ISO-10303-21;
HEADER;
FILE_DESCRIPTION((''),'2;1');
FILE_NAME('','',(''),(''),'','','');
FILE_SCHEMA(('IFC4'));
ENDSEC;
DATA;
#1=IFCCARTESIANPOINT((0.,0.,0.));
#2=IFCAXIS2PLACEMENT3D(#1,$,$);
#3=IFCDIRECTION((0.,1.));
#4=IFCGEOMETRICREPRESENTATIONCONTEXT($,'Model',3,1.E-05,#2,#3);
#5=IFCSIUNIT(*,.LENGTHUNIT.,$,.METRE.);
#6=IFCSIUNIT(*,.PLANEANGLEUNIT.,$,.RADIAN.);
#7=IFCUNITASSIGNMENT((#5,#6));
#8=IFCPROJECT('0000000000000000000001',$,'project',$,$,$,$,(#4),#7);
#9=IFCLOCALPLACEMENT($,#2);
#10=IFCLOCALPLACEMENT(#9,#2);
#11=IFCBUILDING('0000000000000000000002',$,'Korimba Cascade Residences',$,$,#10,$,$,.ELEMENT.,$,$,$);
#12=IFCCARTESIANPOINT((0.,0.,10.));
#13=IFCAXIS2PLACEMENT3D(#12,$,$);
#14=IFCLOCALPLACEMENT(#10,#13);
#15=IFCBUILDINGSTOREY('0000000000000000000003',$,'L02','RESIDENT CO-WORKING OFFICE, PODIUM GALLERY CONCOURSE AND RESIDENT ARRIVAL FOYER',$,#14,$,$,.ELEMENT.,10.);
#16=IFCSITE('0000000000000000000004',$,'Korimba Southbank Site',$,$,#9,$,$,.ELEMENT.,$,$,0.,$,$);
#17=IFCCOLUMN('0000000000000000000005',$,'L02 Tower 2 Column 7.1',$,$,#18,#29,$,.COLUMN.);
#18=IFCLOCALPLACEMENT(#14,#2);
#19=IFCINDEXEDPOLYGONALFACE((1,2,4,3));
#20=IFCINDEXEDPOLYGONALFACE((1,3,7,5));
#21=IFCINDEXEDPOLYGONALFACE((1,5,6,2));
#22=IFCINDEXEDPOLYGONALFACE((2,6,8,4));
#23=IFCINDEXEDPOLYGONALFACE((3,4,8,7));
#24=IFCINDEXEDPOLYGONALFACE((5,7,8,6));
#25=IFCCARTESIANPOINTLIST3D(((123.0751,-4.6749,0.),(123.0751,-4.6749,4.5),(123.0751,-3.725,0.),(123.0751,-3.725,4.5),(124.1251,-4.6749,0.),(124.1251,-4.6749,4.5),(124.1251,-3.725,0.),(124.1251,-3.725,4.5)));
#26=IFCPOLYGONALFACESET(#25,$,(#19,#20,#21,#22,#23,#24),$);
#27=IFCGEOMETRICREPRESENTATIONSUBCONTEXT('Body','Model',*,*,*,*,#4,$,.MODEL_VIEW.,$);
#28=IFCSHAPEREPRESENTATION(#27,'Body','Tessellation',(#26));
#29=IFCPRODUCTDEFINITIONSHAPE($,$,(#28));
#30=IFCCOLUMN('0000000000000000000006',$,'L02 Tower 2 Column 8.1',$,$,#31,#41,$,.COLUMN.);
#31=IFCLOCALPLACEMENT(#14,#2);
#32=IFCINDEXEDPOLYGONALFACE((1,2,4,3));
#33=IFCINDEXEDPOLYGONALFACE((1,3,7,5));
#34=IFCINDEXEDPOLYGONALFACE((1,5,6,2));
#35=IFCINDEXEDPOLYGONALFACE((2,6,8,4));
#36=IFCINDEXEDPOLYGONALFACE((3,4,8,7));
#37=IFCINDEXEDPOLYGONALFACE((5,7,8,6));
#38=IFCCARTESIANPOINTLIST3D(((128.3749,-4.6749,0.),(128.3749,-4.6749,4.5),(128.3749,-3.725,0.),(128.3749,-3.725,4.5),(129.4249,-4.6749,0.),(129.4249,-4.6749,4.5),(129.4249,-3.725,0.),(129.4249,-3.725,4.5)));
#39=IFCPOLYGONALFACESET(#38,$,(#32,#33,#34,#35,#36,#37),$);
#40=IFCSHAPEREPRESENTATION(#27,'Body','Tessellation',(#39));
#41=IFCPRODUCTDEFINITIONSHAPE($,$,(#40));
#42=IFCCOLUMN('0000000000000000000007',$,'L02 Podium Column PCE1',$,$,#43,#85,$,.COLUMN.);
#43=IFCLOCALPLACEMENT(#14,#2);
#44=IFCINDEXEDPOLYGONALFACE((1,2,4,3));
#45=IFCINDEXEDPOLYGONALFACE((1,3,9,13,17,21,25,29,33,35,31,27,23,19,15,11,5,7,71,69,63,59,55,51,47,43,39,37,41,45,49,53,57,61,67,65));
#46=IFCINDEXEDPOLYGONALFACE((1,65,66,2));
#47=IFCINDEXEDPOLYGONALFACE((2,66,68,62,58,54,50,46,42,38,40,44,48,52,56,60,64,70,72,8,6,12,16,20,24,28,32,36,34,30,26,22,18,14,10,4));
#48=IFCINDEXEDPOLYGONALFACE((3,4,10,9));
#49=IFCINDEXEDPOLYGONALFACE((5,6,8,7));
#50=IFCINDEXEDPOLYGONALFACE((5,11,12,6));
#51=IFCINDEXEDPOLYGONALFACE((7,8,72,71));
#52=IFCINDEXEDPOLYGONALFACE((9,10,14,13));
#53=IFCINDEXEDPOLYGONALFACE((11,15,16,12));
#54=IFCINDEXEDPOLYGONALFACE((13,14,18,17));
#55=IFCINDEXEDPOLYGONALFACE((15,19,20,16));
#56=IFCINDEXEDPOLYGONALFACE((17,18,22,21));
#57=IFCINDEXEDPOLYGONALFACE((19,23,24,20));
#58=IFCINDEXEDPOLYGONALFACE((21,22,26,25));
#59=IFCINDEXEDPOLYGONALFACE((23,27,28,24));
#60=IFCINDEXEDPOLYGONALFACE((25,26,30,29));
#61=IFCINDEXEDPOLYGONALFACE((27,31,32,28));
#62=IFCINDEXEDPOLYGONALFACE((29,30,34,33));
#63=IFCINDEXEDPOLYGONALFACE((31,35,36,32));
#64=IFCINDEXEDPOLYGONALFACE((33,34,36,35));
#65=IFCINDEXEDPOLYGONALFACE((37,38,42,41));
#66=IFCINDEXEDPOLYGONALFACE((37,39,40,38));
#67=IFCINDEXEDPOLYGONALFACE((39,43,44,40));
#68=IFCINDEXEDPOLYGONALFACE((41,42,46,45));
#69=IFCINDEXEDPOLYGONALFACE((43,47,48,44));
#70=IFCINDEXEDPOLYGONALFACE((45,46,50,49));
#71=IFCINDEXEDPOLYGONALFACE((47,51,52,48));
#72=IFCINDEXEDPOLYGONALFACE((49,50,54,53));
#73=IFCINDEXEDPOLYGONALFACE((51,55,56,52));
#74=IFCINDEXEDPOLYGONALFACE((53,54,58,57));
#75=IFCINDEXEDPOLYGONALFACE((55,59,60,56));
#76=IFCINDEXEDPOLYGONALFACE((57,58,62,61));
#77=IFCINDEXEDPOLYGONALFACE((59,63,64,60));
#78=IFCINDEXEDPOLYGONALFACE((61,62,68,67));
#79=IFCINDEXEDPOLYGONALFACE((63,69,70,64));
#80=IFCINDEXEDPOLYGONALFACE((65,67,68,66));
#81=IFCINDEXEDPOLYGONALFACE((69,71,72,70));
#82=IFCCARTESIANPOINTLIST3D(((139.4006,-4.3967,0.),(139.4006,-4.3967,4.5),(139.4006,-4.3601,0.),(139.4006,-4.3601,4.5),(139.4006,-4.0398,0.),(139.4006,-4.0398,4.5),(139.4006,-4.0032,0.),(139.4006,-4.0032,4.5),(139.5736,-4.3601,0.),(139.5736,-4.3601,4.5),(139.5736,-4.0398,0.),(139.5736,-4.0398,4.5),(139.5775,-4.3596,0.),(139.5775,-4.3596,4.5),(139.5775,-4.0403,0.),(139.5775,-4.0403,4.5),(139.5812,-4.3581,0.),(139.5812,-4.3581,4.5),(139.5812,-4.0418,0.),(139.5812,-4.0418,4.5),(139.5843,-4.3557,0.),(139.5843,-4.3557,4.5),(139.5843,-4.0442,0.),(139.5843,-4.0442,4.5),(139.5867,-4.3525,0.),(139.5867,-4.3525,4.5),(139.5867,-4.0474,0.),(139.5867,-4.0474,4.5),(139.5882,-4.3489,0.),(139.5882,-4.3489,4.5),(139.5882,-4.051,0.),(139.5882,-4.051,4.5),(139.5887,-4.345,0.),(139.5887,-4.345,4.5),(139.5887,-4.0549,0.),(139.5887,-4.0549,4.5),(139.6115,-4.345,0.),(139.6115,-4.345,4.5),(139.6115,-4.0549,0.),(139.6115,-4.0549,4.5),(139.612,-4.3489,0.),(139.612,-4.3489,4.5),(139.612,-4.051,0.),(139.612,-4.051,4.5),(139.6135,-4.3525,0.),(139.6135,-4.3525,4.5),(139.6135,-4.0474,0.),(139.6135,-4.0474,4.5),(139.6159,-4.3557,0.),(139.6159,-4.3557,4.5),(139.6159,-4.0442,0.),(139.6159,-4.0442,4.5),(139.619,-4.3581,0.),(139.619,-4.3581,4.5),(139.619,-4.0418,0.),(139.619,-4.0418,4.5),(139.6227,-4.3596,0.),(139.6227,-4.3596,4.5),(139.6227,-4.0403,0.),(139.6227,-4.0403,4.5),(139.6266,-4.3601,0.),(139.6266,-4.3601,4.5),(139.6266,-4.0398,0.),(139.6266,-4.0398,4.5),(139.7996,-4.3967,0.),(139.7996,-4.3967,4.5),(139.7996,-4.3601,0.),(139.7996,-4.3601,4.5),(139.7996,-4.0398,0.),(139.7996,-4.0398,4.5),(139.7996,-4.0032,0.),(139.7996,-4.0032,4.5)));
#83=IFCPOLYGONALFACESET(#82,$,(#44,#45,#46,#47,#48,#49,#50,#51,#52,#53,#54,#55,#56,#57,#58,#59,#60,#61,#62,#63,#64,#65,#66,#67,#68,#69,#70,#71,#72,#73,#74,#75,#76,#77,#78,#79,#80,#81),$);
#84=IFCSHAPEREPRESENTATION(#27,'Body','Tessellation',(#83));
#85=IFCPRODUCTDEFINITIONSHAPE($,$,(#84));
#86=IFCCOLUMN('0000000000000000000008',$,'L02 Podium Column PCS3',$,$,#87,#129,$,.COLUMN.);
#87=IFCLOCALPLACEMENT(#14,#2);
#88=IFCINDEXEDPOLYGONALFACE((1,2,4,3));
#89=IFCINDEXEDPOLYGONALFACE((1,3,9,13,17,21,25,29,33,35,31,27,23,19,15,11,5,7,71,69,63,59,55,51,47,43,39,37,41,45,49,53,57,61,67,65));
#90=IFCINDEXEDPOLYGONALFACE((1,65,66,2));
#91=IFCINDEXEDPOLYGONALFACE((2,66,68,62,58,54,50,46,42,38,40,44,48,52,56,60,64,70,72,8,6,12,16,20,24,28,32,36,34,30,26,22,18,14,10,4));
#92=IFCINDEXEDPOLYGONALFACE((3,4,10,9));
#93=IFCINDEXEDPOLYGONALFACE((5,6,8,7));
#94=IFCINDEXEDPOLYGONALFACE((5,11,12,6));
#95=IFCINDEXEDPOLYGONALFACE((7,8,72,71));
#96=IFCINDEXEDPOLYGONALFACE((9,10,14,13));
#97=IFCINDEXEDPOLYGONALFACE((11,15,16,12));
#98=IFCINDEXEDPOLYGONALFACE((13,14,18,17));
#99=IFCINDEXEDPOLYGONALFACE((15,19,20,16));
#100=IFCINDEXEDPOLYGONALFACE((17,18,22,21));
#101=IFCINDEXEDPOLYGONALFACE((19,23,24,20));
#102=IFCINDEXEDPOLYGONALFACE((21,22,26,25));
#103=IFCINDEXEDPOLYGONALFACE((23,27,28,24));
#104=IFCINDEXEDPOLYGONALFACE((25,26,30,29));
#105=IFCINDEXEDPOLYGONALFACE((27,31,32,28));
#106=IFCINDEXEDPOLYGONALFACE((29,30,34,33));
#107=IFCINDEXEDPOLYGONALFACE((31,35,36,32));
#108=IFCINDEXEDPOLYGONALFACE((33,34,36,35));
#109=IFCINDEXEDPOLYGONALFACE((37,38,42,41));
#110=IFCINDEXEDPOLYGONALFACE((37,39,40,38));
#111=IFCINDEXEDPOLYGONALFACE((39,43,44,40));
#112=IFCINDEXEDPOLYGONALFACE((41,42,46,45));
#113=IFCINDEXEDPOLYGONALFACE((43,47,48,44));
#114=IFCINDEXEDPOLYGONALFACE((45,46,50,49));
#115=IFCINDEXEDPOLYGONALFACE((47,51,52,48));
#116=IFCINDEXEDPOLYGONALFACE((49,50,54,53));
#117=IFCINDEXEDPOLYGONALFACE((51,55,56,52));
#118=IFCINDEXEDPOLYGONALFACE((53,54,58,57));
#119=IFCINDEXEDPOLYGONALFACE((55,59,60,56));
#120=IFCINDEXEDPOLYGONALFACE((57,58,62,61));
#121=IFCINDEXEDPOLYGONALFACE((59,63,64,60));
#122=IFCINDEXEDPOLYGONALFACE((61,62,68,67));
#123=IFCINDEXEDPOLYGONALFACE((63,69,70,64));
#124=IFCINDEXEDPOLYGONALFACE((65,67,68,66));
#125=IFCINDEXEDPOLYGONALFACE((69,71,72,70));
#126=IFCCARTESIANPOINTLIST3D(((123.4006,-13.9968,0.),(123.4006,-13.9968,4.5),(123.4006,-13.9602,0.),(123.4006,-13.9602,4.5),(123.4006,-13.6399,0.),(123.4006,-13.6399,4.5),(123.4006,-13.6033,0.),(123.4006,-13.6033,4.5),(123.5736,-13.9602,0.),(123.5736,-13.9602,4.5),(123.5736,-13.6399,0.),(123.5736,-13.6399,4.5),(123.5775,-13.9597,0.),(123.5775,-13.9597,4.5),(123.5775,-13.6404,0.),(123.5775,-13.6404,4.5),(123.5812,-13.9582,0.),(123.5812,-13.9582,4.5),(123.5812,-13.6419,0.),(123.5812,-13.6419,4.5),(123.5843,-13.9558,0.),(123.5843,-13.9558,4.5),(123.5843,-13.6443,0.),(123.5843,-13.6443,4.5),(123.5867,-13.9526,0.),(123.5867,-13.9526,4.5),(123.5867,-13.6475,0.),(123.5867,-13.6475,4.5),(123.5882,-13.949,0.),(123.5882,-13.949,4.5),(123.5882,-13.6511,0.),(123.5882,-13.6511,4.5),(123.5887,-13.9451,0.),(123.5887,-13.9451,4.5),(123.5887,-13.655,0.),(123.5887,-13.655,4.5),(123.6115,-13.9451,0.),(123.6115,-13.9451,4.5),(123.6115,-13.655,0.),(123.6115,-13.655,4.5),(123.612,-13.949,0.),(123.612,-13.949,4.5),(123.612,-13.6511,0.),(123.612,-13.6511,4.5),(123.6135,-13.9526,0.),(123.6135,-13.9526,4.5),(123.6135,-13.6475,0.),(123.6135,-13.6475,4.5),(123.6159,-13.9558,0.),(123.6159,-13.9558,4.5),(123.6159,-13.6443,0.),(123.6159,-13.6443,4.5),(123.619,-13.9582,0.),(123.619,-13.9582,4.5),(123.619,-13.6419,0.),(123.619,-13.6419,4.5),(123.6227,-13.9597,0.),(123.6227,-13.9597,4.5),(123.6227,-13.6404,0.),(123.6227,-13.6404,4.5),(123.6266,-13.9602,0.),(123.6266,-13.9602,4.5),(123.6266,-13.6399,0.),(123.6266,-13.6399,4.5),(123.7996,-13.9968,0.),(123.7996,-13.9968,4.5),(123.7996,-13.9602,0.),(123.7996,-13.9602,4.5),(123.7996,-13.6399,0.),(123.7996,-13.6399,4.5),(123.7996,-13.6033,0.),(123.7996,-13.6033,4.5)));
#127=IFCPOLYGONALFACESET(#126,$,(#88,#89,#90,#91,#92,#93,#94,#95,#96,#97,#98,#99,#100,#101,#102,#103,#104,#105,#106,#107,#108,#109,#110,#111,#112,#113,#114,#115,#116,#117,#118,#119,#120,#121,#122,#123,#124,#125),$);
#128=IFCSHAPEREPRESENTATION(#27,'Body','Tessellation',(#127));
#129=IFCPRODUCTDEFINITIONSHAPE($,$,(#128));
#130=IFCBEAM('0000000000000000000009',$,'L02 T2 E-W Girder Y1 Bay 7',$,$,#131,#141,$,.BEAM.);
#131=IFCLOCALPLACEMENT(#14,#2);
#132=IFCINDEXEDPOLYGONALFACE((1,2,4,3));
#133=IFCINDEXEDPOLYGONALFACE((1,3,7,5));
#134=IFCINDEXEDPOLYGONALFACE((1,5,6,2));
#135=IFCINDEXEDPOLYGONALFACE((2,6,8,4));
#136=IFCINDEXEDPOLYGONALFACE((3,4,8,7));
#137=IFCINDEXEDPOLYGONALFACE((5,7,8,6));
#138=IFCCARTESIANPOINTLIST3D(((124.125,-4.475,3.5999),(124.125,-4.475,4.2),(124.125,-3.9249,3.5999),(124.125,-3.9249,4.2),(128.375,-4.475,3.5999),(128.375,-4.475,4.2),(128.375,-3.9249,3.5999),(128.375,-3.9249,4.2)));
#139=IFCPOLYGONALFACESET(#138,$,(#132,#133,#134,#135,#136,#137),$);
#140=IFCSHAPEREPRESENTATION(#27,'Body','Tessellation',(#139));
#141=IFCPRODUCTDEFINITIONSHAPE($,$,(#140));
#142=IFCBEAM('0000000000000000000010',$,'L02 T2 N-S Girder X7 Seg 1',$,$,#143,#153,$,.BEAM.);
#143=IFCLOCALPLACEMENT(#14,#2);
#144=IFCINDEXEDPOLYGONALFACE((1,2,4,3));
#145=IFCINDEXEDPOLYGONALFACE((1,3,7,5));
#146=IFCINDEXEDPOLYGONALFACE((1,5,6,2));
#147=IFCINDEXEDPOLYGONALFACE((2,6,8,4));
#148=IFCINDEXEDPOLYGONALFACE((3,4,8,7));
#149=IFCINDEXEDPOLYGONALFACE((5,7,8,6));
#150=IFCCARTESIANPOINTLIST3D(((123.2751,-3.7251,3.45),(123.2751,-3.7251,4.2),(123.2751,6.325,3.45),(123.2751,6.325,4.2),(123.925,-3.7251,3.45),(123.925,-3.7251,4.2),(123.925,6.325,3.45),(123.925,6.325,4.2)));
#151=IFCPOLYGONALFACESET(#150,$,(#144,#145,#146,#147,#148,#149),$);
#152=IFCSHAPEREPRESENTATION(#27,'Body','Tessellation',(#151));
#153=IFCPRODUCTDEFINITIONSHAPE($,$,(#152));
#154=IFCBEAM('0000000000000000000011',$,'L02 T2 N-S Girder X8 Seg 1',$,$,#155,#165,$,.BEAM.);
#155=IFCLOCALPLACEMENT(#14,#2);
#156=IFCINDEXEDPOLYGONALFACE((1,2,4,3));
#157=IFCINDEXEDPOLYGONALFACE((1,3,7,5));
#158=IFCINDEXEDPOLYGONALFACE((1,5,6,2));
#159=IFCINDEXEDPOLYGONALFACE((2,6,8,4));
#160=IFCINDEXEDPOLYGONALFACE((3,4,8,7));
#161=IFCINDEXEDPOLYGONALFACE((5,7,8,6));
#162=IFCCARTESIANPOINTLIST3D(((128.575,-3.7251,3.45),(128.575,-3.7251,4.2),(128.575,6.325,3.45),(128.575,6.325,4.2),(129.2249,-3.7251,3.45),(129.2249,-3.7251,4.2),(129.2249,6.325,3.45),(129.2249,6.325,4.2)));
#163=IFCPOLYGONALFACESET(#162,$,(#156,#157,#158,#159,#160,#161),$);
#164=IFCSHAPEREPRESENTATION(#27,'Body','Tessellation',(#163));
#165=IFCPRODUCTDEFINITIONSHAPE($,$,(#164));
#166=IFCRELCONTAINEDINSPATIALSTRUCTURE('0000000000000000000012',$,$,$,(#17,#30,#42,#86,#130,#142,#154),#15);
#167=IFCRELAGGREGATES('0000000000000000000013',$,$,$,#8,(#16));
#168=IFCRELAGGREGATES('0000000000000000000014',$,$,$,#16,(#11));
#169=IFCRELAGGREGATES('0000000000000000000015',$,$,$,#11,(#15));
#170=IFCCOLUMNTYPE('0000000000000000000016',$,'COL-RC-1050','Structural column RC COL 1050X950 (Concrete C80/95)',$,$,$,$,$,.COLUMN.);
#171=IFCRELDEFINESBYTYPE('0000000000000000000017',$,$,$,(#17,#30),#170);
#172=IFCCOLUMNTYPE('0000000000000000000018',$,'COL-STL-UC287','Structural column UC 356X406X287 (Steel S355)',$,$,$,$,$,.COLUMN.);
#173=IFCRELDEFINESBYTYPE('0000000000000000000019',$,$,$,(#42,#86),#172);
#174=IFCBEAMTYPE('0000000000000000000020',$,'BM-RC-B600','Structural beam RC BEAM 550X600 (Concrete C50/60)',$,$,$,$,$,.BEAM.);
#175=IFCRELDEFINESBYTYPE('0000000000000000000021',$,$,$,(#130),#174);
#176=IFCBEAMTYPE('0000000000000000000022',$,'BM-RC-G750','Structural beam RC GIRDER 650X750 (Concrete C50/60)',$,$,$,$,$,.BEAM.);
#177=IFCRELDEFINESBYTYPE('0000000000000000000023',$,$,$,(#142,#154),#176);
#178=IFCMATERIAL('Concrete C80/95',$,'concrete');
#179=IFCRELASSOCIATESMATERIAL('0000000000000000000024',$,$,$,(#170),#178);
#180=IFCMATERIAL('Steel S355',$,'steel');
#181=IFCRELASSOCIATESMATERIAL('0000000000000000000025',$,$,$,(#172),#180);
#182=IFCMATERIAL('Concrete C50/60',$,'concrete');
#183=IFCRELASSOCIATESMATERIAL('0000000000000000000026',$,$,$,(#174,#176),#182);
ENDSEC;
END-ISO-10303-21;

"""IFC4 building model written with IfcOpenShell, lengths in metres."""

from ifc_helpers import new_model, si_unit, direction, frame, origin, origin_2d, place, context, subcontext, project, spatial, rectangle, i_section, extrude, material, material_profile, profile_set, type_object, element, save


model = new_model("IFC4")

# Units and contexts
model_context = context("Model", 3, precision=1e-05, world=origin(), true_north=direction((0.0, 1.0)))
body_context = subcontext(model_context, "Body", "Model", "MODEL_VIEW")
ifc_project = project(units=[si_unit("LENGTHUNIT", "METRE"), si_unit("PLANEANGLEUNIT", "RADIAN")], contexts=[model_context])

# Site, building, storey
site_placement = place(None, origin())
site = spatial("IfcSite", under=ifc_project, at=site_placement, Name="Korimba Southbank Site", CompositionType="ELEMENT", RefElevation=0.0)
building_placement = place(site_placement, origin())
building = spatial("IfcBuilding", under=site, at=building_placement, Name="Korimba Cascade Residences", CompositionType="ELEMENT")
storey_placement = place(building_placement, frame((0.0, 0.0, 10.0)))
storey = spatial("IfcBuildingStorey", under=building, at=storey_placement, Name="L02", Description="RESIDENT CO-WORKING OFFICE, PODIUM GALLERY CONCOURSE AND RESIDENT ARRIVAL FOYER", CompositionType="ELEMENT", Elevation=10.0)

# Columns
ifc_material_1 = material(Name="Concrete C80/95", Category="concrete")
ifc_material_profile_1 = material_profile(ifc_material_1, rectangle(XDim=1.05, YDim=0.95, at=origin_2d()), Name="Concrete C80/95")
ifc_profile_set_1 = profile_set([ifc_material_profile_1], Name="Concrete C80/95")
column_type_1 = type_object("IfcColumnType", Name="COL-RC-1050", Description="Structural column RC COL 1050X950 (Concrete C80/95)", PredefinedType="COLUMN", material=ifc_profile_set_1)
for number, where, z_axis, x_axis, name in (
    (1, (123.6001, -4.2, 0.0), (0.0, 0.0, 1.0), (1.0, 0.0, 0.0), "L02 Tower 2 Column 7.1"),
    (2, (128.8999, -4.2, 0.0), (0.0, 0.0, 1.0), (1.0, 0.0, 0.0), "L02 Tower 2 Column 8.1"),
):
    element("IfcColumn", number, at=place(storey_placement, frame(where, z_axis=z_axis, x_axis=x_axis)), inside=storey, type_object=column_type_1, Name=name, PredefinedType="COLUMN", context=body_context, shape_type="SweptSolid", body=[
        extrude(rectangle(XDim=1.05, YDim=0.95, at=origin_2d()), origin(), (0.0, 0.0, 1.0), 4.5),
    ])
ifc_material_2 = material(Name="Steel S355", Category="steel")
ifc_material_profile_2 = material_profile(ifc_material_2, i_section(OverallWidth=0.3989, OverallDepth=0.3936, WebThickness=0.0227, FlangeThickness=0.0366, FilletRadius=0.0151, at=origin_2d()), Name="Steel S355")
ifc_profile_set_2 = profile_set([ifc_material_profile_2], Name="Steel S355")
column_type_2 = type_object("IfcColumnType", Name="COL-STL-UC287", Description="Structural column UC 356X406X287 (Steel S355)", PredefinedType="COLUMN", material=ifc_profile_set_2)
for number, where, z_axis, x_axis, name in (
    (3, (139.6001, -4.2, 0.0), (0.0, 0.0, 1.0), (1.0, 0.0, 0.0), "L02 Podium Column PCE1"),
    (4, (123.6001, -13.8, 0.0), (0.0, 0.0, 1.0), (1.0, 0.0, 0.0), "L02 Podium Column PCS3"),
):
    element("IfcColumn", number, at=place(storey_placement, frame(where, z_axis=z_axis, x_axis=x_axis)), inside=storey, type_object=column_type_2, Name=name, PredefinedType="COLUMN", context=body_context, shape_type="SweptSolid", body=[
        extrude(i_section(OverallWidth=0.3989, OverallDepth=0.3936, WebThickness=0.0227, FlangeThickness=0.0366, FilletRadius=0.0151, at=origin_2d()), origin(), (0.0, 0.0, 1.0), 4.5),
    ])

# Beams
ifc_material_3 = material(Name="Concrete C50/60", Category="concrete")
ifc_material_profile_3 = material_profile(ifc_material_3, rectangle(XDim=0.55, YDim=0.6001, at=origin_2d()), Name="Concrete C50/60")
ifc_profile_set_3 = profile_set([ifc_material_profile_3], Name="Concrete C50/60")
beam_type_1 = type_object("IfcBeamType", Name="BM-RC-B600", Description="Structural beam RC BEAM 550X600 (Concrete C50/60)", PredefinedType="BEAM", material=ifc_profile_set_3)
beam_1_placement = place(storey_placement, frame((124.125, -4.2, 3.8999), z_axis=(1.0, 0.0, 0.0), x_axis=(0.0, 1.0, 0.0)))
element("IfcBeam", 5, at=beam_1_placement, inside=storey, type_object=beam_type_1, Name="L02 T2 E-W Girder Y1 Bay 7", PredefinedType="BEAM", context=body_context, shape_type="SweptSolid", body=[
    extrude(rectangle(XDim=0.55, YDim=0.6001, at=origin_2d()), origin(), (0.0, 0.0, 1.0), 4.25),
])
ifc_material_profile_4 = material_profile(ifc_material_3, rectangle(XDim=0.6499, YDim=0.75, at=origin_2d()), Name="Concrete C50/60")
ifc_profile_set_4 = profile_set([ifc_material_profile_4], Name="Concrete C50/60")
beam_type_2 = type_object("IfcBeamType", Name="BM-RC-G750", Description="Structural beam RC GIRDER 650X750 (Concrete C50/60)", PredefinedType="BEAM", material=ifc_profile_set_4)
for number, where, z_axis, x_axis, name in (
    (6, (123.6001, -3.7251, 3.825), (0.0, 1.0, 0.0), (-1.0, 0.0, 0.0), "L02 T2 N-S Girder X7 Seg 1"),
    (7, (128.8999, -3.7251, 3.825), (0.0, 1.0, 0.0), (-1.0, 0.0, 0.0), "L02 T2 N-S Girder X8 Seg 1"),
):
    element("IfcBeam", number, at=place(storey_placement, frame(where, z_axis=z_axis, x_axis=x_axis)), inside=storey, type_object=beam_type_2, Name=name, PredefinedType="BEAM", context=body_context, shape_type="SweptSolid", body=[
        extrude(rectangle(XDim=0.6499, YDim=0.75, at=origin_2d()), origin(), (0.0, 0.0, 1.0), 10.05),
    ])

save(model, "model.ifc")
